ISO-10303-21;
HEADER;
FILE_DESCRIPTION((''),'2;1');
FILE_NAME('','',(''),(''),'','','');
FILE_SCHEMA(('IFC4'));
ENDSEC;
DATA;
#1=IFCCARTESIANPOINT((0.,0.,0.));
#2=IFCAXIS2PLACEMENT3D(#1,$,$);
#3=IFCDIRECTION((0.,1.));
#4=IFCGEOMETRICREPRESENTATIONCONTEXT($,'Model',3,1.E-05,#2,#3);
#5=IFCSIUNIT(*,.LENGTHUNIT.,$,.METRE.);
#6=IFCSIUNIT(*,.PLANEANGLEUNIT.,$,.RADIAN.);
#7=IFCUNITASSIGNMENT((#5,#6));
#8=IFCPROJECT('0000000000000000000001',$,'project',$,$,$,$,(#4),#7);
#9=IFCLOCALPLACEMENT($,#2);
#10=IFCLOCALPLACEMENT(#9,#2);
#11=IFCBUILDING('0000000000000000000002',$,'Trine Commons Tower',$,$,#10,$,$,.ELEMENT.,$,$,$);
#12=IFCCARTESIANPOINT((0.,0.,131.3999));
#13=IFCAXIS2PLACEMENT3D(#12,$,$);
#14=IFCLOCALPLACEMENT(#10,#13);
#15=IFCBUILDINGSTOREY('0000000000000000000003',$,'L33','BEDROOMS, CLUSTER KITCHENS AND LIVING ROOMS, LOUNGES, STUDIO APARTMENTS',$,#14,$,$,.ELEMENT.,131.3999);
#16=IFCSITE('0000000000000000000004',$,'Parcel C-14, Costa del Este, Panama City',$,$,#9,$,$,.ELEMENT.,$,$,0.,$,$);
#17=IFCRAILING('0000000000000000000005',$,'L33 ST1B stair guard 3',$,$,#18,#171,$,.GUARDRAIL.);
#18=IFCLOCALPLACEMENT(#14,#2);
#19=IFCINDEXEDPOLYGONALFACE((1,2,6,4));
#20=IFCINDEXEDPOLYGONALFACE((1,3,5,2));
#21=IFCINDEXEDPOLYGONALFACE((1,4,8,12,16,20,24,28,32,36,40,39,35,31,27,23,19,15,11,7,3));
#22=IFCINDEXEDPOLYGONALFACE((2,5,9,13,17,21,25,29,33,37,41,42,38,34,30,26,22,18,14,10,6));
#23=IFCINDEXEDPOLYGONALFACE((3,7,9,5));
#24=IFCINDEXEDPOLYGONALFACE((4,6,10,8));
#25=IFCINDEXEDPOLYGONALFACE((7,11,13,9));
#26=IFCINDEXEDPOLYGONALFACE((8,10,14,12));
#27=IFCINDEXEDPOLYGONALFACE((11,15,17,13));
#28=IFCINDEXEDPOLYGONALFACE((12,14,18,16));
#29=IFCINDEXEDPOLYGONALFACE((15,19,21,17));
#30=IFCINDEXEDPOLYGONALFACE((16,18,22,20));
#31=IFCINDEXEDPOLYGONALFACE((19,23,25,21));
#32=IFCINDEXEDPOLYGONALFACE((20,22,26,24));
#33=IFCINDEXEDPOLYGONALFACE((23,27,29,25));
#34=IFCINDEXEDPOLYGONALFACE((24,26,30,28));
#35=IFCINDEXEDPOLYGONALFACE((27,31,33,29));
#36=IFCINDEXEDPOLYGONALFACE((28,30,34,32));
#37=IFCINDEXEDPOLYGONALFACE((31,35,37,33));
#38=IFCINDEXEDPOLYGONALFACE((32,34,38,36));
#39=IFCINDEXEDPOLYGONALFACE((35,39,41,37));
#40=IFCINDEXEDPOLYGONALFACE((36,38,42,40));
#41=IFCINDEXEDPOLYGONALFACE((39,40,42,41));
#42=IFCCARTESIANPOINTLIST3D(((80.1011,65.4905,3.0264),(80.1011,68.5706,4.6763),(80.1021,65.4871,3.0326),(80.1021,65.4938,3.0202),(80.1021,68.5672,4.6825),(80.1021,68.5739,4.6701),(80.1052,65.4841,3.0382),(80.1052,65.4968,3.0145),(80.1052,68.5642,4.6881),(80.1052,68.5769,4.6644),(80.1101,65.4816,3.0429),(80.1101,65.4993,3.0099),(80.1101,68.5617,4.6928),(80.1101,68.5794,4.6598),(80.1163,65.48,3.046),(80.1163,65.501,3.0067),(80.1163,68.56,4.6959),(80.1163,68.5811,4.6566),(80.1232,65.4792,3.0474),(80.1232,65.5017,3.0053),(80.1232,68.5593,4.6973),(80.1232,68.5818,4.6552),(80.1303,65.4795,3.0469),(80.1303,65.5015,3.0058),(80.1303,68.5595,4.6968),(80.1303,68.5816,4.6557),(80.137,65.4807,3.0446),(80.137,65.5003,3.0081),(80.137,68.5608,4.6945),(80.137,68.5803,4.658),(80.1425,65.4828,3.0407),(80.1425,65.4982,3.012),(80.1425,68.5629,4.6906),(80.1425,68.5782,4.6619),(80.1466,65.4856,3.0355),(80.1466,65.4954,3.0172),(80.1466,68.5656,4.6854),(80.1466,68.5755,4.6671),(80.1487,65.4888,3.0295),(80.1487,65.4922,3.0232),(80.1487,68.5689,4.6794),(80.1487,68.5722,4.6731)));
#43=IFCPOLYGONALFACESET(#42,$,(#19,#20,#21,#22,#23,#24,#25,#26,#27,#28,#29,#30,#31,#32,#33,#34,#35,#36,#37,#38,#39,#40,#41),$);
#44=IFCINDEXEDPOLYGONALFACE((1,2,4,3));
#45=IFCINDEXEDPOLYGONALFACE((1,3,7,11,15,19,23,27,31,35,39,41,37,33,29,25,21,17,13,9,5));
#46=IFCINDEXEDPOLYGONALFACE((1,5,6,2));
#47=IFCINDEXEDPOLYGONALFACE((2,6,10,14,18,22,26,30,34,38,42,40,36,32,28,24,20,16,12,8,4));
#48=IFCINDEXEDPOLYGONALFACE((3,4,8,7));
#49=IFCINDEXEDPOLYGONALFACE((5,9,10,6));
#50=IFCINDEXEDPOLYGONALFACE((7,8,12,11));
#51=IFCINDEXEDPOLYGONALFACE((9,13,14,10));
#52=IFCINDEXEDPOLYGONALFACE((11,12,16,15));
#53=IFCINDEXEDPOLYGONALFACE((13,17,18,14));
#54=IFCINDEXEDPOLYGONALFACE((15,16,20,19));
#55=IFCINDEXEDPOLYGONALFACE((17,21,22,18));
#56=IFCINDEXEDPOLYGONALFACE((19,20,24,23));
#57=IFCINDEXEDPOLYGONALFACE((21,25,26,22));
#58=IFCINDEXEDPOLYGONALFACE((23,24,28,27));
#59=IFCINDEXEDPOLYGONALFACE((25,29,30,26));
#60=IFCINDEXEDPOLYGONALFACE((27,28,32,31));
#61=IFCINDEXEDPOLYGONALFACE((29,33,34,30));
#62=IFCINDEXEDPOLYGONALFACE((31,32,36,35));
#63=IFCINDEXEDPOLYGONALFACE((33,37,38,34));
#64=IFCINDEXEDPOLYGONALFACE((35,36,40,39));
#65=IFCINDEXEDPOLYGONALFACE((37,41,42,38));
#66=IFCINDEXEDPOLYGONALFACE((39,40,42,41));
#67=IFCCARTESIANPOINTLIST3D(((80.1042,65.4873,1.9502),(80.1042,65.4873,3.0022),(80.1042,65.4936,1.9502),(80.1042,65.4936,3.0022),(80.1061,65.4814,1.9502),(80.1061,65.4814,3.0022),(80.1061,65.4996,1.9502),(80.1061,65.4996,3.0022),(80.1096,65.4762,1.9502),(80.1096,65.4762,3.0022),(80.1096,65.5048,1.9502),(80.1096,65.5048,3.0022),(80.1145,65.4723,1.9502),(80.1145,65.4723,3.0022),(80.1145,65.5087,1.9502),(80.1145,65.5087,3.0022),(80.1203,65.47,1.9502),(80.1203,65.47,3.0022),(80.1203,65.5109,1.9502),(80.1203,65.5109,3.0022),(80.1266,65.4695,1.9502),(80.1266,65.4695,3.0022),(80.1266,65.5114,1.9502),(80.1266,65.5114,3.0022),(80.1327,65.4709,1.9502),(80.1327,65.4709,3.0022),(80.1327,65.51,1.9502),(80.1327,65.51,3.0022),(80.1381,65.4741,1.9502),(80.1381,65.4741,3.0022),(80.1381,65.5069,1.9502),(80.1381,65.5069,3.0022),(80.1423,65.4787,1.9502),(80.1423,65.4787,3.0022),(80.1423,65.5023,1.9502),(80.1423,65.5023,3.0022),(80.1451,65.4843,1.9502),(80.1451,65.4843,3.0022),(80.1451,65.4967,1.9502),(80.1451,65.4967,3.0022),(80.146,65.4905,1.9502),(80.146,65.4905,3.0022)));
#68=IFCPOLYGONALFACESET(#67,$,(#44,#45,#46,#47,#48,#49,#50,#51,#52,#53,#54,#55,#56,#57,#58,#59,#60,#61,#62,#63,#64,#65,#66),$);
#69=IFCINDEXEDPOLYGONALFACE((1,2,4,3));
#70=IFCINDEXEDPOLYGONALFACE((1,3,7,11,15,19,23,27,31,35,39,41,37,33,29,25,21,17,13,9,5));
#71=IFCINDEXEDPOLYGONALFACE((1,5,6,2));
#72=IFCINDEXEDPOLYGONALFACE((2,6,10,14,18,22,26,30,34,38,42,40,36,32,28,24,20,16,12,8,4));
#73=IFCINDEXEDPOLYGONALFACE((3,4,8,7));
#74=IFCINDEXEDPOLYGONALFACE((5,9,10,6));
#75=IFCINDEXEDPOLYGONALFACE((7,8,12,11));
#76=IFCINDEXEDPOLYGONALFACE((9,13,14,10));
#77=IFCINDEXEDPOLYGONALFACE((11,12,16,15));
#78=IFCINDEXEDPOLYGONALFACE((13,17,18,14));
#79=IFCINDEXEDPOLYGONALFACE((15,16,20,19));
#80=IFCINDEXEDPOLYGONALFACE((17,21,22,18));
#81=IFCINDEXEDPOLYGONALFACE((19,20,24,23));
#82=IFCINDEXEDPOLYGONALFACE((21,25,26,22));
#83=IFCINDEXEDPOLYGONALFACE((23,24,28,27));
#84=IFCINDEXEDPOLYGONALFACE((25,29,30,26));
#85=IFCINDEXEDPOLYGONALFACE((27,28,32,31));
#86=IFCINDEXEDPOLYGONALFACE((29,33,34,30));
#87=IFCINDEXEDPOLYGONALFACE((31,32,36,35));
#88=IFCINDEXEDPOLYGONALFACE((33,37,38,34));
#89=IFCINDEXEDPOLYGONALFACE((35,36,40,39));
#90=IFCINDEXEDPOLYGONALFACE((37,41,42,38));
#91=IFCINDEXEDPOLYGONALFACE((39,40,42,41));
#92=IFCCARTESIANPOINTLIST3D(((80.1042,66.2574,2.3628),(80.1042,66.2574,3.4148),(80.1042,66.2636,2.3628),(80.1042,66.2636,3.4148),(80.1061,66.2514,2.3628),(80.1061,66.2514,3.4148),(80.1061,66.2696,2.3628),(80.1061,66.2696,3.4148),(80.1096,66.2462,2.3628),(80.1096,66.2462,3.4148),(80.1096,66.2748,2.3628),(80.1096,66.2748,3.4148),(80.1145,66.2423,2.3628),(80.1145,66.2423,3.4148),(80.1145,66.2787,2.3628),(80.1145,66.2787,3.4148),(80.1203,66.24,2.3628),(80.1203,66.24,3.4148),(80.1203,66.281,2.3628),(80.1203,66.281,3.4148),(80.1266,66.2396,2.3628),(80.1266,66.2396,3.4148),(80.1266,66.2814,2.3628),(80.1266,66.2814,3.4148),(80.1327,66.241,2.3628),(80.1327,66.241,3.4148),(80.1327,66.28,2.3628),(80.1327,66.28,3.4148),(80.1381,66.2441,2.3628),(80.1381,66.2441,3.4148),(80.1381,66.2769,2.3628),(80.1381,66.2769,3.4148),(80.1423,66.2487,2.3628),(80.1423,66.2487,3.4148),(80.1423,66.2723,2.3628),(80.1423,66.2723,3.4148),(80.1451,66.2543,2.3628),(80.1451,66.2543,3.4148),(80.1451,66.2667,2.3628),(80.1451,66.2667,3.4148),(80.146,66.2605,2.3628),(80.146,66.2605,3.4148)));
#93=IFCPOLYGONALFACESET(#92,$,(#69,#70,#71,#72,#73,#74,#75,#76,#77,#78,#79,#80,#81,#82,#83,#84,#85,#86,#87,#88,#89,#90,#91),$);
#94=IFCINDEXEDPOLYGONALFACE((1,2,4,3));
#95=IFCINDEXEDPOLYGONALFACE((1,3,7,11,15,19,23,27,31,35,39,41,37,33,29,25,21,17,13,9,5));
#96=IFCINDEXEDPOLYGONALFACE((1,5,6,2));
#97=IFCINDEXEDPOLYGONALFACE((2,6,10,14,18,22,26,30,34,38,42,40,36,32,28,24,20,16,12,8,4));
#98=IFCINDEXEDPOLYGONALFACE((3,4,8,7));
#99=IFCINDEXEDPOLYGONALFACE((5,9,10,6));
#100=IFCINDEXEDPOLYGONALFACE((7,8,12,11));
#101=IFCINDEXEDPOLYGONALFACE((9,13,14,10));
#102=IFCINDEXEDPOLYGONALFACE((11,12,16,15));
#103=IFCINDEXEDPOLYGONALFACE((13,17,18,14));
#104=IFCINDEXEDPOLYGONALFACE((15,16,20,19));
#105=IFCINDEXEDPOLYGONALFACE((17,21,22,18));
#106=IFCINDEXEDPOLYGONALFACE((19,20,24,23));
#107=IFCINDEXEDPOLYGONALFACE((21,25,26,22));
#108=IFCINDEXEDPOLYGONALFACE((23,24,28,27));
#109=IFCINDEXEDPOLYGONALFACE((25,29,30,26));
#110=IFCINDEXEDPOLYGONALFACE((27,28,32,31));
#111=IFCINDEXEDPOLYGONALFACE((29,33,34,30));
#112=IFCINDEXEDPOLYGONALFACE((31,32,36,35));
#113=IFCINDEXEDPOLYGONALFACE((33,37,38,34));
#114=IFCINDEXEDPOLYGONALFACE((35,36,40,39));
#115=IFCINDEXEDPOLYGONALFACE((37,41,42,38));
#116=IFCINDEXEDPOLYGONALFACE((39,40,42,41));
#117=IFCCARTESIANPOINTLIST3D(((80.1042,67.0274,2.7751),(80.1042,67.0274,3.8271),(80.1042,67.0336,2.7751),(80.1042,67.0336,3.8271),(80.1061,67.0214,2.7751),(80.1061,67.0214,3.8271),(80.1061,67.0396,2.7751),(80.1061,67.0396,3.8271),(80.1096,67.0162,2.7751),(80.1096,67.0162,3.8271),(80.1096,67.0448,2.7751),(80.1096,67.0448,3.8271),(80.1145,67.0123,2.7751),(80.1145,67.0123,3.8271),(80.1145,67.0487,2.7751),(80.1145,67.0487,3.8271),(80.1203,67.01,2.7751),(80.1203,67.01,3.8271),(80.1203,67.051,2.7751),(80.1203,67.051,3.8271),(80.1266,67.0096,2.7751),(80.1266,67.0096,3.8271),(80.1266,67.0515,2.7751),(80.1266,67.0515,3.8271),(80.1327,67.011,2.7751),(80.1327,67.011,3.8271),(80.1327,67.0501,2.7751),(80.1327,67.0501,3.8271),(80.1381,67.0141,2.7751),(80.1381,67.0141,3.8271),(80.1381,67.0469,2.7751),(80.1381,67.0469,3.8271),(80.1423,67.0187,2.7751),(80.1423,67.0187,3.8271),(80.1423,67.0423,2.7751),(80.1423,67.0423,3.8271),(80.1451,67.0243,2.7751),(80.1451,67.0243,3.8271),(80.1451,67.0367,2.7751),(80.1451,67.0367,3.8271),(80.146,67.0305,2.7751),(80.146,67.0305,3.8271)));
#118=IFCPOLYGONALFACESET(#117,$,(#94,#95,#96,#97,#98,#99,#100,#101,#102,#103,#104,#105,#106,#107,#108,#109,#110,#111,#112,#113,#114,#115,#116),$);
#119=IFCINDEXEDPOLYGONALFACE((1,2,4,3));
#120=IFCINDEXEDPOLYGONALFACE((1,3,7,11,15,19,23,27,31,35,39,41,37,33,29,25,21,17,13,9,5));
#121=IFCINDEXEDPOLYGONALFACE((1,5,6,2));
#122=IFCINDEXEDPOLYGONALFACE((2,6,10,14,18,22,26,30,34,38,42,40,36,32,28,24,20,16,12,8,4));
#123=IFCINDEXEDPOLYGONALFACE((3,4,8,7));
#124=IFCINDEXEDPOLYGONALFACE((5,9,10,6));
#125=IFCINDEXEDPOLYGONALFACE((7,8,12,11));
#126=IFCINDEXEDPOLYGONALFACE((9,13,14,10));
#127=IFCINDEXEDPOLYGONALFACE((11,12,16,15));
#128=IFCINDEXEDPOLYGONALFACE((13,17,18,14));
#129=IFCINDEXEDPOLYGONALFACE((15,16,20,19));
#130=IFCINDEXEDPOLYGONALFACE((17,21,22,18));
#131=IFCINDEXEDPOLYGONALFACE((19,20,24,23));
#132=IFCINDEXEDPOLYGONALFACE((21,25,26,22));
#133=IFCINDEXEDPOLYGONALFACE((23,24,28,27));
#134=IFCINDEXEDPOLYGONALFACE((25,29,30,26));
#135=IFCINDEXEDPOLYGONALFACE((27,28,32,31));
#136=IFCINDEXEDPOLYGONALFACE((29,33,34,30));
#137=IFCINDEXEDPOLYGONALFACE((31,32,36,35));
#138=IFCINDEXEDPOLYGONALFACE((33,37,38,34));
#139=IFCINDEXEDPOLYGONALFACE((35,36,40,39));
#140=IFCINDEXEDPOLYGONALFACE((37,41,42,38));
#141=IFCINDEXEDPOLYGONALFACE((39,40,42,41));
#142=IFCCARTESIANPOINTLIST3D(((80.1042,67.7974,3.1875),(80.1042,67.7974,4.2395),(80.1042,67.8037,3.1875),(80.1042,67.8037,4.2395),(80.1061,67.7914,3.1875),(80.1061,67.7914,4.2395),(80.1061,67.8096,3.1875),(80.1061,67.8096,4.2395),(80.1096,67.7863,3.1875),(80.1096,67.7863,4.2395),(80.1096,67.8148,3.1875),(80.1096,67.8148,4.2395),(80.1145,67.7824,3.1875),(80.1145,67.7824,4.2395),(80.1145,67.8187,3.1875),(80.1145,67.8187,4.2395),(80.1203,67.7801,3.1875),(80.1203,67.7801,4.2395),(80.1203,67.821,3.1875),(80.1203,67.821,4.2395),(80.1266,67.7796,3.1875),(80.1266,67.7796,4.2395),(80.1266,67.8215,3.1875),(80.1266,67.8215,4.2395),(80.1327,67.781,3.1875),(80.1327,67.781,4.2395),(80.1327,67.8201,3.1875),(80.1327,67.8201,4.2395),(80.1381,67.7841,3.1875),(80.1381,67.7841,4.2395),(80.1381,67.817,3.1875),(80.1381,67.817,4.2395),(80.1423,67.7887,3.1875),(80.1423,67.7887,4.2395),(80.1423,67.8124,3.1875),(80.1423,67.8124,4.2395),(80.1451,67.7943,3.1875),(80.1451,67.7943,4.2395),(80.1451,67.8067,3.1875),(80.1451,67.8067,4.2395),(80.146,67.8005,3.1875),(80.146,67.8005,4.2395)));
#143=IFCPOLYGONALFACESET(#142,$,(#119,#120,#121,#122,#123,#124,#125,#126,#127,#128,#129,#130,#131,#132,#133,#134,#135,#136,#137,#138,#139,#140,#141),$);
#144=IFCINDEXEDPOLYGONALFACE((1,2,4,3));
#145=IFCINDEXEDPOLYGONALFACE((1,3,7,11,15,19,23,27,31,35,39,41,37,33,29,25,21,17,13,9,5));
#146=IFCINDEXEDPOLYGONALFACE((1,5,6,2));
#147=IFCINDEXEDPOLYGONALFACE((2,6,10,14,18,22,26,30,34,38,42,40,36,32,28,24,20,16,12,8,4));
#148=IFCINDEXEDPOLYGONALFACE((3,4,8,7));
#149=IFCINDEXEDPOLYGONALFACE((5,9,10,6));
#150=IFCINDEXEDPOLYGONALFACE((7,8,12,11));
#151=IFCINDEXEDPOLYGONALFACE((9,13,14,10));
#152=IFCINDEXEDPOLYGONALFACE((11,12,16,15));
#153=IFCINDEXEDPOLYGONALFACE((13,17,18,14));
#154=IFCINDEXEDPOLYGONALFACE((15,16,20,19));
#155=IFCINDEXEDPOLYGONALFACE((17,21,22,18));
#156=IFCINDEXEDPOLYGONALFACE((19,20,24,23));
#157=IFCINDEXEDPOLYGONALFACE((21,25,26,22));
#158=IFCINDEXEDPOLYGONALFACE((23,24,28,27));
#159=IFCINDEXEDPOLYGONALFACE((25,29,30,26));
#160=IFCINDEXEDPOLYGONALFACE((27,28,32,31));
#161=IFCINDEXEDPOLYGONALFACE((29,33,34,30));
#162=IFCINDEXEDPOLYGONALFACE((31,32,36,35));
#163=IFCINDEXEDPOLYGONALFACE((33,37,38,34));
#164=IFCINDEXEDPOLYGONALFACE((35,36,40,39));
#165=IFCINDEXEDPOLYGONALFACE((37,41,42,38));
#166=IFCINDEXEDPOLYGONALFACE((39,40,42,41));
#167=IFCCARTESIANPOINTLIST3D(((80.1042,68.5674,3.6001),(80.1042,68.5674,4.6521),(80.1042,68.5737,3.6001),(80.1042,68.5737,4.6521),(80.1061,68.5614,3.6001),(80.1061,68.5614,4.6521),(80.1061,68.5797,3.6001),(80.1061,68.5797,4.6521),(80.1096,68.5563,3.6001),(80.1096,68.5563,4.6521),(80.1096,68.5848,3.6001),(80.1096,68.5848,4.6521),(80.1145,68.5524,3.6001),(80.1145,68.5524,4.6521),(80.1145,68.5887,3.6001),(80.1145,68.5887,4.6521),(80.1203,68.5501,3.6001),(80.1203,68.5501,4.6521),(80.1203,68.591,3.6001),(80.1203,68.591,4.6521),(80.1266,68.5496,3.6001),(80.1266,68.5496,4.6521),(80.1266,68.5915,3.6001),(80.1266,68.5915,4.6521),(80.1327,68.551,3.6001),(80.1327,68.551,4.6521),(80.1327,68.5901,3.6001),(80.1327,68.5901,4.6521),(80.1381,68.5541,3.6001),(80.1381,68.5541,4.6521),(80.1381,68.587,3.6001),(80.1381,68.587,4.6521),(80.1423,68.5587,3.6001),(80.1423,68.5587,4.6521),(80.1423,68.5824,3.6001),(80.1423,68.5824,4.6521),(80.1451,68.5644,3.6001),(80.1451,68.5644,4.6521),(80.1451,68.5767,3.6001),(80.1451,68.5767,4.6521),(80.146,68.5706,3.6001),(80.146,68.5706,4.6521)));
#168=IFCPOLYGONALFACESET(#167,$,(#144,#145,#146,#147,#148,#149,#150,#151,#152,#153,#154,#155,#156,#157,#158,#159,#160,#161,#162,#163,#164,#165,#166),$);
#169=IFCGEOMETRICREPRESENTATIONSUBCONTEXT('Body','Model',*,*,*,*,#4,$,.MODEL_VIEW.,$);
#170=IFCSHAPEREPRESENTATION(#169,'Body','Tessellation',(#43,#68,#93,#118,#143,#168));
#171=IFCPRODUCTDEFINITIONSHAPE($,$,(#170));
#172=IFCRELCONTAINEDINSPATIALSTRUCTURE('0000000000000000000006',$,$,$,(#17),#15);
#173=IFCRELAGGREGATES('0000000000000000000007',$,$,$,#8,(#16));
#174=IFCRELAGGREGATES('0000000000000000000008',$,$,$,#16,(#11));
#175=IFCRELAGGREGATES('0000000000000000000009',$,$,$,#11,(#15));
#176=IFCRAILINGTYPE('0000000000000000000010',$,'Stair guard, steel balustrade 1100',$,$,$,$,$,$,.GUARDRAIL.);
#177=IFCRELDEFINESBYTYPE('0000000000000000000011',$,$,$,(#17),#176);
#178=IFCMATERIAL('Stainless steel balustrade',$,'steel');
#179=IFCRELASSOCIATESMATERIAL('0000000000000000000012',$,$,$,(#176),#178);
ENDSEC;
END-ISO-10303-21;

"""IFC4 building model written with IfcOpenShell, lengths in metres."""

from ifc_helpers import new_model, si_unit, direction, frame, origin, origin_2d, place, context, subcontext, project, spatial, circle, extrude, material, type_object, element, save


model = new_model("IFC4")

# Units and contexts
model_context = context("Model", 3, precision=1e-05, world=origin(), true_north=direction((0.0, 1.0)))
body_context = subcontext(model_context, "Body", "Model", "MODEL_VIEW")
ifc_project = project(units=[si_unit("LENGTHUNIT", "METRE"), si_unit("PLANEANGLEUNIT", "RADIAN")], contexts=[model_context])

# Site, building, storey
site_placement = place(None, origin())
site = spatial("IfcSite", under=ifc_project, at=site_placement, Name="Parcel C-14, Costa del Este, Panama City", CompositionType="ELEMENT", RefElevation=0.0)
building_placement = place(site_placement, origin())
building = spatial("IfcBuilding", under=site, at=building_placement, Name="Trine Commons Tower", CompositionType="ELEMENT")
storey_placement = place(building_placement, frame((0.0, 0.0, 131.3999)))
storey = spatial("IfcBuildingStorey", under=building, at=storey_placement, Name="L33", Description="BEDROOMS, CLUSTER KITCHENS AND LIVING ROOMS, LOUNGES, STUDIO APARTMENTS", CompositionType="ELEMENT", Elevation=131.3999)

# Railing
ifc_material_1 = material(Name="Stainless steel balustrade", Category="steel")
railing_type_1 = type_object("IfcRailingType", Name="Stair guard, steel balustrade 1100", PredefinedType="GUARDRAIL", material=ifc_material_1)
railing_1_placement = place(storey_placement, frame((80.125, 65.4905, 1.9502)))
element("IfcRailing", 1, at=railing_1_placement, inside=storey, type_object=railing_type_1, Name="L33 ST1B stair guard 3", PredefinedType="GUARDRAIL", context=body_context, shape_type="SweptSolid", body=[
    extrude(circle(Radius=0.0239, at=origin_2d()), frame((0.0, 0.0, 1.0762), z_axis=(0.0, 0.881497, 0.47219), x_axis=(-1.0, 0.0, 0.0)), (0.0, 0.0, 1.0), 3.4941),
    extrude(circle(Radius=0.021, at=origin_2d()), origin(), (0.0, 0.0, 1.0), 1.052),
    extrude(circle(Radius=0.021, at=origin_2d()), frame((0.0, 0.77, 0.4126)), (0.0, 0.0, 1.0), 1.052),
    extrude(circle(Radius=0.021, at=origin_2d()), frame((0.0, 1.54, 0.825)), (0.0, 0.0, 1.0), 1.052),
    extrude(circle(Radius=0.021, at=origin_2d()), frame((0.0, 2.3101, 1.2373)), (0.0, 0.0, 1.0), 1.052),
    extrude(circle(Radius=0.021, at=origin_2d()), frame((0.0, 3.0801, 1.6499)), (0.0, 0.0, 1.0), 1.052),
])

save(model, "model.ifc")
